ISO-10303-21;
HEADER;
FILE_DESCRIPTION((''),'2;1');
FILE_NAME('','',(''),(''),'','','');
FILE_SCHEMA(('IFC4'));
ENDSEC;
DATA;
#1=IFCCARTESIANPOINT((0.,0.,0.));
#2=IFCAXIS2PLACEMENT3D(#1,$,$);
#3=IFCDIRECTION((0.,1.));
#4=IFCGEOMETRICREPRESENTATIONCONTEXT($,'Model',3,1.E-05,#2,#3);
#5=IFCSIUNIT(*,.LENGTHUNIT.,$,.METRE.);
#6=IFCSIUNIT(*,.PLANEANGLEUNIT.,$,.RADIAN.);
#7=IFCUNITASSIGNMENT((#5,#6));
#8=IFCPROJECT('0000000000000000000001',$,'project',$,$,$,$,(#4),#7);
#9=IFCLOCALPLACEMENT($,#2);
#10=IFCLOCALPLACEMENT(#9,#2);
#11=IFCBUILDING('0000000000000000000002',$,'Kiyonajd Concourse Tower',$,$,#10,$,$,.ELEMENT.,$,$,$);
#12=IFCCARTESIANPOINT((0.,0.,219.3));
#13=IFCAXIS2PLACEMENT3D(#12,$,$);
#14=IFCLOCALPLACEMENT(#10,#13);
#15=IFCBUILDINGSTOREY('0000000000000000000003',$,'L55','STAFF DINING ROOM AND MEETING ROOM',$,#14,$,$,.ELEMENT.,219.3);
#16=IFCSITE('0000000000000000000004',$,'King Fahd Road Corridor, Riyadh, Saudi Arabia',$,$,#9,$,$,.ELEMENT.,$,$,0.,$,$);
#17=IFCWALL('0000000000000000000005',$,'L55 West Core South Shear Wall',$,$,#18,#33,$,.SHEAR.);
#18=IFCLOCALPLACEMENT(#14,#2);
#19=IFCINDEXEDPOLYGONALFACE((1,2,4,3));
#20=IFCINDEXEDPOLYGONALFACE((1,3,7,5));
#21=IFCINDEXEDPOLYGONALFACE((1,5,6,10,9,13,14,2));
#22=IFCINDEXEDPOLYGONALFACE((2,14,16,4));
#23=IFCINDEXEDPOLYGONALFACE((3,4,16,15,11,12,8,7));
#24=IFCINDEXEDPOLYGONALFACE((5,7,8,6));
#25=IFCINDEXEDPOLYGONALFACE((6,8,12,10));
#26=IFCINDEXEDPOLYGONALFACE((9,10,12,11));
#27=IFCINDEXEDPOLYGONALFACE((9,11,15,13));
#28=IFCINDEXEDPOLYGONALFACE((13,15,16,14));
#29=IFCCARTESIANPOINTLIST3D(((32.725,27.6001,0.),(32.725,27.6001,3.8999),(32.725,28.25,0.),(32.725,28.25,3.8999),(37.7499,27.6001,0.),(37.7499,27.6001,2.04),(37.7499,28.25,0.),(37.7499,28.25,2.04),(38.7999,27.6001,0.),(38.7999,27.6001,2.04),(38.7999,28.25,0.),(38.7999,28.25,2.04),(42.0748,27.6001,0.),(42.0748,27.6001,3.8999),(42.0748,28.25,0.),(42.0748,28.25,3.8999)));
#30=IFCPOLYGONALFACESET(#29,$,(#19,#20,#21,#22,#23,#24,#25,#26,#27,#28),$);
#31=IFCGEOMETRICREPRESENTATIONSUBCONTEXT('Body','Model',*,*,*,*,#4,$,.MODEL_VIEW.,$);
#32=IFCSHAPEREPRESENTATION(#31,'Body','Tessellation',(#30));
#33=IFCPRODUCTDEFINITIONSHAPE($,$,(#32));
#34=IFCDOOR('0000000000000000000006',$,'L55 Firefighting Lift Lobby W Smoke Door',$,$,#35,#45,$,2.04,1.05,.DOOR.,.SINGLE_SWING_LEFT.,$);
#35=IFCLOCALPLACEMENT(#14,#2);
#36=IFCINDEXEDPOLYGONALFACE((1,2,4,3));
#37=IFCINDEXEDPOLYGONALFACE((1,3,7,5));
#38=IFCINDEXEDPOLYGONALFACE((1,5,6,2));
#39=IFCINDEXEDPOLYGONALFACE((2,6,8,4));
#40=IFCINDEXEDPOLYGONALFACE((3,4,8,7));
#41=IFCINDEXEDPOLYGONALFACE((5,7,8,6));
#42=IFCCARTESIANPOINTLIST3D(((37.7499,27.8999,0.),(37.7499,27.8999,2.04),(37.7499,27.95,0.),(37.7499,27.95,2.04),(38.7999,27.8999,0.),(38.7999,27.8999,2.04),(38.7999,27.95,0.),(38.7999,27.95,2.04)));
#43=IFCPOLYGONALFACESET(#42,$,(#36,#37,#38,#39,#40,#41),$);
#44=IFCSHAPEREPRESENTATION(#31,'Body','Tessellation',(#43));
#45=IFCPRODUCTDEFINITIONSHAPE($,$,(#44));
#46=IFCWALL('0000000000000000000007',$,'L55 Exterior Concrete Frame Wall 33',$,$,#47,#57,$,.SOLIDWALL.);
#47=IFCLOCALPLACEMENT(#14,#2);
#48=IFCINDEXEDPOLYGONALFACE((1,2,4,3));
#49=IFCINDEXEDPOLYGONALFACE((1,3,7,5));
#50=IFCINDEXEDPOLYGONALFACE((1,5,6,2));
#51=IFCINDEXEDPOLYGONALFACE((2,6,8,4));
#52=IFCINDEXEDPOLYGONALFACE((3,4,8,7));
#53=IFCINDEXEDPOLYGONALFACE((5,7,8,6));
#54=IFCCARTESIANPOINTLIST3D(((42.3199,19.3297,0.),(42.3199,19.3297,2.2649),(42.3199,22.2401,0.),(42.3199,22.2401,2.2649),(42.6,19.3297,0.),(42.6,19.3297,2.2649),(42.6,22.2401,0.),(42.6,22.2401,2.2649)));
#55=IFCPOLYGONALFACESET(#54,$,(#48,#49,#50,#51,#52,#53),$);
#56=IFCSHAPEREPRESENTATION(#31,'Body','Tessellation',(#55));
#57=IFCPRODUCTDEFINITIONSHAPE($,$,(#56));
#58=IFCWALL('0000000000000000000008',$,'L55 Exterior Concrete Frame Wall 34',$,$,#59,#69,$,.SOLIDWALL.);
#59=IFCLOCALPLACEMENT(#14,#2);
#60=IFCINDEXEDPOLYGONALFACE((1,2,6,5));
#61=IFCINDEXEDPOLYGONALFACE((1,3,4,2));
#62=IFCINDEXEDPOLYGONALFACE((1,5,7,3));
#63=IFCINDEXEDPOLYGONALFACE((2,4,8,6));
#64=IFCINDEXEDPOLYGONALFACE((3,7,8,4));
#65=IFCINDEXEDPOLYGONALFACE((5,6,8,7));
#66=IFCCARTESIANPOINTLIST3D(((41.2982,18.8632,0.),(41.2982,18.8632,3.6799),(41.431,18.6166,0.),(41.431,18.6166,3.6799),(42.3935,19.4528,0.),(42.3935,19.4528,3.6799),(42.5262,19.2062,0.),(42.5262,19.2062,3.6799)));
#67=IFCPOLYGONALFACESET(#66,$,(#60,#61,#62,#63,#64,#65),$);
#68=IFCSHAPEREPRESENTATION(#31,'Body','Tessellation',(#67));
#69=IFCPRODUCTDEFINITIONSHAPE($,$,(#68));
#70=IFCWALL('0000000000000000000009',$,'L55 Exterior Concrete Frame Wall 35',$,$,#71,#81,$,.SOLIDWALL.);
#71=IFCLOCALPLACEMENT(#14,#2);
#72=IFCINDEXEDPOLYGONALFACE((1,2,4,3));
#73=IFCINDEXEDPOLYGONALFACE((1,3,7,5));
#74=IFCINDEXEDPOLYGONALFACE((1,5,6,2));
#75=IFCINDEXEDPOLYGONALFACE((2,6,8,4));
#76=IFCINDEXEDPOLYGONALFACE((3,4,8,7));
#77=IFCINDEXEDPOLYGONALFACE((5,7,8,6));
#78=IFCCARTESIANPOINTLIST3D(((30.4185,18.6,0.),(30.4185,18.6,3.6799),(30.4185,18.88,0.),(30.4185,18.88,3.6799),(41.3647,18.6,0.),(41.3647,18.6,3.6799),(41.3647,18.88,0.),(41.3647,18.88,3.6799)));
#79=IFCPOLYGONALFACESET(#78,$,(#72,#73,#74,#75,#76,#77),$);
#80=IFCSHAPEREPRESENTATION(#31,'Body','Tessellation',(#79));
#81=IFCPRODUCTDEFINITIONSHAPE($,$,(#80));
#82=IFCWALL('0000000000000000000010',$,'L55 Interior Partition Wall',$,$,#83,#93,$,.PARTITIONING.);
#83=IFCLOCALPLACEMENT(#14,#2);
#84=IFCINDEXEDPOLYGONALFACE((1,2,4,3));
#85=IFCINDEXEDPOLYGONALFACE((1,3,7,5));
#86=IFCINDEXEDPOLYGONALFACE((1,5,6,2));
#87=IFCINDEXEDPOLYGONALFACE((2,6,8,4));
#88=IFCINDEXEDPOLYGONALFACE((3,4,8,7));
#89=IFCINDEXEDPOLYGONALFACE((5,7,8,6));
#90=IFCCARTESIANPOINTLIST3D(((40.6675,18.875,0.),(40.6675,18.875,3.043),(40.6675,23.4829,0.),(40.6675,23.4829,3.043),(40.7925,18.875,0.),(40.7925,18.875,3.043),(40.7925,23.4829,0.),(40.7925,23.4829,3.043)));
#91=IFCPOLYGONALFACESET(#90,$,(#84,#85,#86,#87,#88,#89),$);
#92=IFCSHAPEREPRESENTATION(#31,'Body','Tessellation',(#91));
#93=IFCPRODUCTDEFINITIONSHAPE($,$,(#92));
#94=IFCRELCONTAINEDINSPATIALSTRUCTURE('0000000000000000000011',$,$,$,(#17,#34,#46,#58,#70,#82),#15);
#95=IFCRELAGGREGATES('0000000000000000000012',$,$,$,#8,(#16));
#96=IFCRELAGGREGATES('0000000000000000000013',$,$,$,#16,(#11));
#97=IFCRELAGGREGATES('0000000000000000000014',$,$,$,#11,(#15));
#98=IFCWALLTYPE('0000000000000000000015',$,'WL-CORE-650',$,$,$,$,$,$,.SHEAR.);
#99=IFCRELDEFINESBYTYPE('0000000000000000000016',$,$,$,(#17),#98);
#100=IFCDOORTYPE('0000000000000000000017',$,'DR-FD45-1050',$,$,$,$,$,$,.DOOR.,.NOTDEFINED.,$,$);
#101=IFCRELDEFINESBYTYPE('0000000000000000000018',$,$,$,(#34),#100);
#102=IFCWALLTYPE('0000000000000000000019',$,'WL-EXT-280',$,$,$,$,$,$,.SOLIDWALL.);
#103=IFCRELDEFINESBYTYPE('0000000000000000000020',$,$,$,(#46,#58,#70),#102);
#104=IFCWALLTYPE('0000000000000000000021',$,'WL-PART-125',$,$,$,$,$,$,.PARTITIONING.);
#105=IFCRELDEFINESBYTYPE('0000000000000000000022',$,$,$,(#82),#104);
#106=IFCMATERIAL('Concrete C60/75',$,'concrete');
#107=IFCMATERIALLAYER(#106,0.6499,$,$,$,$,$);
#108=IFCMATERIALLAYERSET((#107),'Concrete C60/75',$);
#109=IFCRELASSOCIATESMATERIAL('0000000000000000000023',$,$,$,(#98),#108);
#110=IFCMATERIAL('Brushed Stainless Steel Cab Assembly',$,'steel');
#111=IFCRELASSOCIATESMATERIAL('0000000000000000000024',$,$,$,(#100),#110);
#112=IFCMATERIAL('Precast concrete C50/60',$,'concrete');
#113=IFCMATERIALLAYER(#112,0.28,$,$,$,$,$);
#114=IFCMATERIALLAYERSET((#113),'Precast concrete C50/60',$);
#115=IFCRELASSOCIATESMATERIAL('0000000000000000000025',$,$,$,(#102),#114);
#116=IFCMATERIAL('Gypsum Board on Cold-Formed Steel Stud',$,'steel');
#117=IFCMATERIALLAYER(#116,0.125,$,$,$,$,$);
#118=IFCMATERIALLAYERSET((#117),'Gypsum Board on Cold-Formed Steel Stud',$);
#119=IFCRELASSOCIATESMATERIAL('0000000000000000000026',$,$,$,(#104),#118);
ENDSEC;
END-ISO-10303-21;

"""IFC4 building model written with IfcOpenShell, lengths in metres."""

from ifc_helpers import new_model, si_unit, direction, frame, frame_2d, origin, place, context, subcontext, project, spatial, rectangle, extrude, material, layer, layer_set, type_object, element, fill, save


model = new_model("IFC4")

# Units and contexts
model_context = context("Model", 3, precision=1e-05, world=origin(), true_north=direction((0.0, 1.0)))
body_context = subcontext(model_context, "Body", "Model", "MODEL_VIEW")
ifc_project = project(units=[si_unit("LENGTHUNIT", "METRE"), si_unit("PLANEANGLEUNIT", "RADIAN")], contexts=[model_context])

# Site, building, storey
site_placement = place(None, origin())
site = spatial("IfcSite", under=ifc_project, at=site_placement, Name="King Fahd Road Corridor, Riyadh, Saudi Arabia", CompositionType="ELEMENT", RefElevation=0.0)
building_placement = place(site_placement, origin())
building = spatial("IfcBuilding", under=site, at=building_placement, Name="Kiyonajd Concourse Tower", CompositionType="ELEMENT")
storey_placement = place(building_placement, frame((0.0, 0.0, 219.3)))
storey = spatial("IfcBuildingStorey", under=building, at=storey_placement, Name="L55", Description="STAFF DINING ROOM AND MEETING ROOM", CompositionType="ELEMENT", Elevation=219.3)

# Shared definitions
ifc_material_1 = material(Name="Concrete C60/75", Category="concrete")

# Shared definitions
ifc_layer_1 = layer(ifc_material_1, 0.6499)
ifc_layer_set_1 = layer_set([ifc_layer_1], Name="Concrete C60/75")
wall_type_1 = type_object("IfcWallType", Name="WL-CORE-650", PredefinedType="SHEAR", material=ifc_layer_set_1)

# Wall, opening, door
wall_1_placement = place(storey_placement, frame((32.7251, 27.925, 0.0), z_axis=(0.0, 0.0, 1.0), x_axis=(1.0, 0.0, 0.0)))
wall_1 = element("IfcWall", 1, at=wall_1_placement, inside=storey, type_object=wall_type_1, Name="L55 West Core South Shear Wall", PredefinedType="SHEAR", context=body_context, shape_type="SweptSolid", body=[
    extrude(rectangle(XDim=9.3499, YDim=0.6499, at=frame_2d((4.6748, 0.0))), origin(), (0.0, 0.0, 1.0), 3.8999),
])
opening_placement = place(wall_1_placement, frame((5.0249, 0.0, 0.0)))
opening = element("IfcOpeningElement", 2, at=opening_placement, cuts=wall_1, PredefinedType="OPENING", context=body_context, shape_type="SweptSolid", body=[
    extrude(rectangle(XDim=1.05, YDim=2.04, at=frame_2d((0.5249, 1.02))), frame((0.0, 0.335, 0.0), z_axis=(0.0, -1.0, 0.0), x_axis=(1.0, 0.0, 0.0)), (0.0, 0.0, 1.0), 0.6699),
])
ifc_material_2 = material(Name="Brushed Stainless Steel Cab Assembly", Category="steel")
door_type = type_object("IfcDoorType", Name="DR-FD45-1050", OperationType="NOTDEFINED", PredefinedType="DOOR", material=ifc_material_2)
door_placement = place(opening_placement, origin())
door = element("IfcDoor", 3, at=door_placement, inside=storey, type_object=door_type, Name="L55 Firefighting Lift Lobby W Smoke Door", OperationType="SINGLE_SWING_LEFT", OverallHeight=2.04, OverallWidth=1.05, PredefinedType="DOOR", context=body_context, shape_type="SweptSolid", body=[
    extrude(rectangle(XDim=1.05, YDim=2.04, at=frame_2d((0.5249, 1.02))), frame((0.0, 0.0249, 0.0), z_axis=(0.0, -1.0, 0.0), x_axis=(1.0, 0.0, 0.0)), (0.0, 0.0, 1.0), 0.05),
])
fill(opening, door)

# Walls
ifc_material_3 = material(Name="Precast concrete C50/60", Category="concrete")
ifc_layer_2 = layer(ifc_material_3, 0.28)
ifc_layer_set_2 = layer_set([ifc_layer_2], Name="Precast concrete C50/60")
wall_type_2 = type_object("IfcWallType", Name="WL-EXT-280", PredefinedType="SOLIDWALL", material=ifc_layer_set_2)
wall_2_placement = place(storey_placement, frame((42.46, 22.24, 0.0), z_axis=(0.0, 0.0, 1.0), x_axis=(0.0, -1.0, 0.0)))
element("IfcWall", 4, at=wall_2_placement, inside=storey, type_object=wall_type_2, Name="L55 Exterior Concrete Frame Wall 33", PredefinedType="SOLIDWALL", context=body_context, shape_type="SweptSolid", body=[
    extrude(rectangle(XDim=2.9104, YDim=0.28, at=frame_2d((1.4551, 0.0))), origin(), (0.0, 0.0, 1.0), 2.2649),
])
wall_3_placement = place(storey_placement, frame((42.46, 19.3296, 0.0), z_axis=(0.0, 0.0, 1.0), x_axis=(-0.880515, -0.474018, 0.0)))
element("IfcWall", 5, at=wall_3_placement, inside=storey, type_object=wall_type_2, Name="L55 Exterior Concrete Frame Wall 34", PredefinedType="SOLIDWALL", context=body_context, shape_type="SweptSolid", body=[
    extrude(rectangle(XDim=1.2439, YDim=0.28, at=frame_2d((0.6221, 0.0))), origin(), (0.0, 0.0, 1.0), 3.6799),
])
wall_4_placement = place(storey_placement, frame((41.3647, 18.74, 0.0), z_axis=(0.0, 0.0, 1.0), x_axis=(-1.0, 0.0, 0.0)))
element("IfcWall", 6, at=wall_4_placement, inside=storey, type_object=wall_type_2, Name="L55 Exterior Concrete Frame Wall 35", PredefinedType="SOLIDWALL", context=body_context, shape_type="SweptSolid", body=[
    extrude(rectangle(XDim=10.9463, YDim=0.28, at=frame_2d((5.4731, 0.0))), origin(), (0.0, 0.0, 1.0), 3.6799),
])
ifc_material_4 = material(Name="Gypsum Board on Cold-Formed Steel Stud", Category="steel")
ifc_layer_3 = layer(ifc_material_4, 0.125)
ifc_layer_set_3 = layer_set([ifc_layer_3], Name="Gypsum Board on Cold-Formed Steel Stud")
wall_type_3 = type_object("IfcWallType", Name="WL-PART-125", PredefinedType="PARTITIONING", material=ifc_layer_set_3)
wall_5_placement = place(storey_placement, frame((40.73, 18.875, 0.0), z_axis=(0.0, 0.0, 1.0), x_axis=(0.0, 1.0, 0.0)))
element("IfcWall", 7, at=wall_5_placement, inside=storey, type_object=wall_type_3, Name="L55 Interior Partition Wall", PredefinedType="PARTITIONING", context=body_context, shape_type="SweptSolid", body=[
    extrude(rectangle(XDim=4.6079, YDim=0.125, at=frame_2d((2.304, 0.0))), origin(), (0.0, 0.0, 1.0), 3.043),
])

save(model, "model.ifc")
